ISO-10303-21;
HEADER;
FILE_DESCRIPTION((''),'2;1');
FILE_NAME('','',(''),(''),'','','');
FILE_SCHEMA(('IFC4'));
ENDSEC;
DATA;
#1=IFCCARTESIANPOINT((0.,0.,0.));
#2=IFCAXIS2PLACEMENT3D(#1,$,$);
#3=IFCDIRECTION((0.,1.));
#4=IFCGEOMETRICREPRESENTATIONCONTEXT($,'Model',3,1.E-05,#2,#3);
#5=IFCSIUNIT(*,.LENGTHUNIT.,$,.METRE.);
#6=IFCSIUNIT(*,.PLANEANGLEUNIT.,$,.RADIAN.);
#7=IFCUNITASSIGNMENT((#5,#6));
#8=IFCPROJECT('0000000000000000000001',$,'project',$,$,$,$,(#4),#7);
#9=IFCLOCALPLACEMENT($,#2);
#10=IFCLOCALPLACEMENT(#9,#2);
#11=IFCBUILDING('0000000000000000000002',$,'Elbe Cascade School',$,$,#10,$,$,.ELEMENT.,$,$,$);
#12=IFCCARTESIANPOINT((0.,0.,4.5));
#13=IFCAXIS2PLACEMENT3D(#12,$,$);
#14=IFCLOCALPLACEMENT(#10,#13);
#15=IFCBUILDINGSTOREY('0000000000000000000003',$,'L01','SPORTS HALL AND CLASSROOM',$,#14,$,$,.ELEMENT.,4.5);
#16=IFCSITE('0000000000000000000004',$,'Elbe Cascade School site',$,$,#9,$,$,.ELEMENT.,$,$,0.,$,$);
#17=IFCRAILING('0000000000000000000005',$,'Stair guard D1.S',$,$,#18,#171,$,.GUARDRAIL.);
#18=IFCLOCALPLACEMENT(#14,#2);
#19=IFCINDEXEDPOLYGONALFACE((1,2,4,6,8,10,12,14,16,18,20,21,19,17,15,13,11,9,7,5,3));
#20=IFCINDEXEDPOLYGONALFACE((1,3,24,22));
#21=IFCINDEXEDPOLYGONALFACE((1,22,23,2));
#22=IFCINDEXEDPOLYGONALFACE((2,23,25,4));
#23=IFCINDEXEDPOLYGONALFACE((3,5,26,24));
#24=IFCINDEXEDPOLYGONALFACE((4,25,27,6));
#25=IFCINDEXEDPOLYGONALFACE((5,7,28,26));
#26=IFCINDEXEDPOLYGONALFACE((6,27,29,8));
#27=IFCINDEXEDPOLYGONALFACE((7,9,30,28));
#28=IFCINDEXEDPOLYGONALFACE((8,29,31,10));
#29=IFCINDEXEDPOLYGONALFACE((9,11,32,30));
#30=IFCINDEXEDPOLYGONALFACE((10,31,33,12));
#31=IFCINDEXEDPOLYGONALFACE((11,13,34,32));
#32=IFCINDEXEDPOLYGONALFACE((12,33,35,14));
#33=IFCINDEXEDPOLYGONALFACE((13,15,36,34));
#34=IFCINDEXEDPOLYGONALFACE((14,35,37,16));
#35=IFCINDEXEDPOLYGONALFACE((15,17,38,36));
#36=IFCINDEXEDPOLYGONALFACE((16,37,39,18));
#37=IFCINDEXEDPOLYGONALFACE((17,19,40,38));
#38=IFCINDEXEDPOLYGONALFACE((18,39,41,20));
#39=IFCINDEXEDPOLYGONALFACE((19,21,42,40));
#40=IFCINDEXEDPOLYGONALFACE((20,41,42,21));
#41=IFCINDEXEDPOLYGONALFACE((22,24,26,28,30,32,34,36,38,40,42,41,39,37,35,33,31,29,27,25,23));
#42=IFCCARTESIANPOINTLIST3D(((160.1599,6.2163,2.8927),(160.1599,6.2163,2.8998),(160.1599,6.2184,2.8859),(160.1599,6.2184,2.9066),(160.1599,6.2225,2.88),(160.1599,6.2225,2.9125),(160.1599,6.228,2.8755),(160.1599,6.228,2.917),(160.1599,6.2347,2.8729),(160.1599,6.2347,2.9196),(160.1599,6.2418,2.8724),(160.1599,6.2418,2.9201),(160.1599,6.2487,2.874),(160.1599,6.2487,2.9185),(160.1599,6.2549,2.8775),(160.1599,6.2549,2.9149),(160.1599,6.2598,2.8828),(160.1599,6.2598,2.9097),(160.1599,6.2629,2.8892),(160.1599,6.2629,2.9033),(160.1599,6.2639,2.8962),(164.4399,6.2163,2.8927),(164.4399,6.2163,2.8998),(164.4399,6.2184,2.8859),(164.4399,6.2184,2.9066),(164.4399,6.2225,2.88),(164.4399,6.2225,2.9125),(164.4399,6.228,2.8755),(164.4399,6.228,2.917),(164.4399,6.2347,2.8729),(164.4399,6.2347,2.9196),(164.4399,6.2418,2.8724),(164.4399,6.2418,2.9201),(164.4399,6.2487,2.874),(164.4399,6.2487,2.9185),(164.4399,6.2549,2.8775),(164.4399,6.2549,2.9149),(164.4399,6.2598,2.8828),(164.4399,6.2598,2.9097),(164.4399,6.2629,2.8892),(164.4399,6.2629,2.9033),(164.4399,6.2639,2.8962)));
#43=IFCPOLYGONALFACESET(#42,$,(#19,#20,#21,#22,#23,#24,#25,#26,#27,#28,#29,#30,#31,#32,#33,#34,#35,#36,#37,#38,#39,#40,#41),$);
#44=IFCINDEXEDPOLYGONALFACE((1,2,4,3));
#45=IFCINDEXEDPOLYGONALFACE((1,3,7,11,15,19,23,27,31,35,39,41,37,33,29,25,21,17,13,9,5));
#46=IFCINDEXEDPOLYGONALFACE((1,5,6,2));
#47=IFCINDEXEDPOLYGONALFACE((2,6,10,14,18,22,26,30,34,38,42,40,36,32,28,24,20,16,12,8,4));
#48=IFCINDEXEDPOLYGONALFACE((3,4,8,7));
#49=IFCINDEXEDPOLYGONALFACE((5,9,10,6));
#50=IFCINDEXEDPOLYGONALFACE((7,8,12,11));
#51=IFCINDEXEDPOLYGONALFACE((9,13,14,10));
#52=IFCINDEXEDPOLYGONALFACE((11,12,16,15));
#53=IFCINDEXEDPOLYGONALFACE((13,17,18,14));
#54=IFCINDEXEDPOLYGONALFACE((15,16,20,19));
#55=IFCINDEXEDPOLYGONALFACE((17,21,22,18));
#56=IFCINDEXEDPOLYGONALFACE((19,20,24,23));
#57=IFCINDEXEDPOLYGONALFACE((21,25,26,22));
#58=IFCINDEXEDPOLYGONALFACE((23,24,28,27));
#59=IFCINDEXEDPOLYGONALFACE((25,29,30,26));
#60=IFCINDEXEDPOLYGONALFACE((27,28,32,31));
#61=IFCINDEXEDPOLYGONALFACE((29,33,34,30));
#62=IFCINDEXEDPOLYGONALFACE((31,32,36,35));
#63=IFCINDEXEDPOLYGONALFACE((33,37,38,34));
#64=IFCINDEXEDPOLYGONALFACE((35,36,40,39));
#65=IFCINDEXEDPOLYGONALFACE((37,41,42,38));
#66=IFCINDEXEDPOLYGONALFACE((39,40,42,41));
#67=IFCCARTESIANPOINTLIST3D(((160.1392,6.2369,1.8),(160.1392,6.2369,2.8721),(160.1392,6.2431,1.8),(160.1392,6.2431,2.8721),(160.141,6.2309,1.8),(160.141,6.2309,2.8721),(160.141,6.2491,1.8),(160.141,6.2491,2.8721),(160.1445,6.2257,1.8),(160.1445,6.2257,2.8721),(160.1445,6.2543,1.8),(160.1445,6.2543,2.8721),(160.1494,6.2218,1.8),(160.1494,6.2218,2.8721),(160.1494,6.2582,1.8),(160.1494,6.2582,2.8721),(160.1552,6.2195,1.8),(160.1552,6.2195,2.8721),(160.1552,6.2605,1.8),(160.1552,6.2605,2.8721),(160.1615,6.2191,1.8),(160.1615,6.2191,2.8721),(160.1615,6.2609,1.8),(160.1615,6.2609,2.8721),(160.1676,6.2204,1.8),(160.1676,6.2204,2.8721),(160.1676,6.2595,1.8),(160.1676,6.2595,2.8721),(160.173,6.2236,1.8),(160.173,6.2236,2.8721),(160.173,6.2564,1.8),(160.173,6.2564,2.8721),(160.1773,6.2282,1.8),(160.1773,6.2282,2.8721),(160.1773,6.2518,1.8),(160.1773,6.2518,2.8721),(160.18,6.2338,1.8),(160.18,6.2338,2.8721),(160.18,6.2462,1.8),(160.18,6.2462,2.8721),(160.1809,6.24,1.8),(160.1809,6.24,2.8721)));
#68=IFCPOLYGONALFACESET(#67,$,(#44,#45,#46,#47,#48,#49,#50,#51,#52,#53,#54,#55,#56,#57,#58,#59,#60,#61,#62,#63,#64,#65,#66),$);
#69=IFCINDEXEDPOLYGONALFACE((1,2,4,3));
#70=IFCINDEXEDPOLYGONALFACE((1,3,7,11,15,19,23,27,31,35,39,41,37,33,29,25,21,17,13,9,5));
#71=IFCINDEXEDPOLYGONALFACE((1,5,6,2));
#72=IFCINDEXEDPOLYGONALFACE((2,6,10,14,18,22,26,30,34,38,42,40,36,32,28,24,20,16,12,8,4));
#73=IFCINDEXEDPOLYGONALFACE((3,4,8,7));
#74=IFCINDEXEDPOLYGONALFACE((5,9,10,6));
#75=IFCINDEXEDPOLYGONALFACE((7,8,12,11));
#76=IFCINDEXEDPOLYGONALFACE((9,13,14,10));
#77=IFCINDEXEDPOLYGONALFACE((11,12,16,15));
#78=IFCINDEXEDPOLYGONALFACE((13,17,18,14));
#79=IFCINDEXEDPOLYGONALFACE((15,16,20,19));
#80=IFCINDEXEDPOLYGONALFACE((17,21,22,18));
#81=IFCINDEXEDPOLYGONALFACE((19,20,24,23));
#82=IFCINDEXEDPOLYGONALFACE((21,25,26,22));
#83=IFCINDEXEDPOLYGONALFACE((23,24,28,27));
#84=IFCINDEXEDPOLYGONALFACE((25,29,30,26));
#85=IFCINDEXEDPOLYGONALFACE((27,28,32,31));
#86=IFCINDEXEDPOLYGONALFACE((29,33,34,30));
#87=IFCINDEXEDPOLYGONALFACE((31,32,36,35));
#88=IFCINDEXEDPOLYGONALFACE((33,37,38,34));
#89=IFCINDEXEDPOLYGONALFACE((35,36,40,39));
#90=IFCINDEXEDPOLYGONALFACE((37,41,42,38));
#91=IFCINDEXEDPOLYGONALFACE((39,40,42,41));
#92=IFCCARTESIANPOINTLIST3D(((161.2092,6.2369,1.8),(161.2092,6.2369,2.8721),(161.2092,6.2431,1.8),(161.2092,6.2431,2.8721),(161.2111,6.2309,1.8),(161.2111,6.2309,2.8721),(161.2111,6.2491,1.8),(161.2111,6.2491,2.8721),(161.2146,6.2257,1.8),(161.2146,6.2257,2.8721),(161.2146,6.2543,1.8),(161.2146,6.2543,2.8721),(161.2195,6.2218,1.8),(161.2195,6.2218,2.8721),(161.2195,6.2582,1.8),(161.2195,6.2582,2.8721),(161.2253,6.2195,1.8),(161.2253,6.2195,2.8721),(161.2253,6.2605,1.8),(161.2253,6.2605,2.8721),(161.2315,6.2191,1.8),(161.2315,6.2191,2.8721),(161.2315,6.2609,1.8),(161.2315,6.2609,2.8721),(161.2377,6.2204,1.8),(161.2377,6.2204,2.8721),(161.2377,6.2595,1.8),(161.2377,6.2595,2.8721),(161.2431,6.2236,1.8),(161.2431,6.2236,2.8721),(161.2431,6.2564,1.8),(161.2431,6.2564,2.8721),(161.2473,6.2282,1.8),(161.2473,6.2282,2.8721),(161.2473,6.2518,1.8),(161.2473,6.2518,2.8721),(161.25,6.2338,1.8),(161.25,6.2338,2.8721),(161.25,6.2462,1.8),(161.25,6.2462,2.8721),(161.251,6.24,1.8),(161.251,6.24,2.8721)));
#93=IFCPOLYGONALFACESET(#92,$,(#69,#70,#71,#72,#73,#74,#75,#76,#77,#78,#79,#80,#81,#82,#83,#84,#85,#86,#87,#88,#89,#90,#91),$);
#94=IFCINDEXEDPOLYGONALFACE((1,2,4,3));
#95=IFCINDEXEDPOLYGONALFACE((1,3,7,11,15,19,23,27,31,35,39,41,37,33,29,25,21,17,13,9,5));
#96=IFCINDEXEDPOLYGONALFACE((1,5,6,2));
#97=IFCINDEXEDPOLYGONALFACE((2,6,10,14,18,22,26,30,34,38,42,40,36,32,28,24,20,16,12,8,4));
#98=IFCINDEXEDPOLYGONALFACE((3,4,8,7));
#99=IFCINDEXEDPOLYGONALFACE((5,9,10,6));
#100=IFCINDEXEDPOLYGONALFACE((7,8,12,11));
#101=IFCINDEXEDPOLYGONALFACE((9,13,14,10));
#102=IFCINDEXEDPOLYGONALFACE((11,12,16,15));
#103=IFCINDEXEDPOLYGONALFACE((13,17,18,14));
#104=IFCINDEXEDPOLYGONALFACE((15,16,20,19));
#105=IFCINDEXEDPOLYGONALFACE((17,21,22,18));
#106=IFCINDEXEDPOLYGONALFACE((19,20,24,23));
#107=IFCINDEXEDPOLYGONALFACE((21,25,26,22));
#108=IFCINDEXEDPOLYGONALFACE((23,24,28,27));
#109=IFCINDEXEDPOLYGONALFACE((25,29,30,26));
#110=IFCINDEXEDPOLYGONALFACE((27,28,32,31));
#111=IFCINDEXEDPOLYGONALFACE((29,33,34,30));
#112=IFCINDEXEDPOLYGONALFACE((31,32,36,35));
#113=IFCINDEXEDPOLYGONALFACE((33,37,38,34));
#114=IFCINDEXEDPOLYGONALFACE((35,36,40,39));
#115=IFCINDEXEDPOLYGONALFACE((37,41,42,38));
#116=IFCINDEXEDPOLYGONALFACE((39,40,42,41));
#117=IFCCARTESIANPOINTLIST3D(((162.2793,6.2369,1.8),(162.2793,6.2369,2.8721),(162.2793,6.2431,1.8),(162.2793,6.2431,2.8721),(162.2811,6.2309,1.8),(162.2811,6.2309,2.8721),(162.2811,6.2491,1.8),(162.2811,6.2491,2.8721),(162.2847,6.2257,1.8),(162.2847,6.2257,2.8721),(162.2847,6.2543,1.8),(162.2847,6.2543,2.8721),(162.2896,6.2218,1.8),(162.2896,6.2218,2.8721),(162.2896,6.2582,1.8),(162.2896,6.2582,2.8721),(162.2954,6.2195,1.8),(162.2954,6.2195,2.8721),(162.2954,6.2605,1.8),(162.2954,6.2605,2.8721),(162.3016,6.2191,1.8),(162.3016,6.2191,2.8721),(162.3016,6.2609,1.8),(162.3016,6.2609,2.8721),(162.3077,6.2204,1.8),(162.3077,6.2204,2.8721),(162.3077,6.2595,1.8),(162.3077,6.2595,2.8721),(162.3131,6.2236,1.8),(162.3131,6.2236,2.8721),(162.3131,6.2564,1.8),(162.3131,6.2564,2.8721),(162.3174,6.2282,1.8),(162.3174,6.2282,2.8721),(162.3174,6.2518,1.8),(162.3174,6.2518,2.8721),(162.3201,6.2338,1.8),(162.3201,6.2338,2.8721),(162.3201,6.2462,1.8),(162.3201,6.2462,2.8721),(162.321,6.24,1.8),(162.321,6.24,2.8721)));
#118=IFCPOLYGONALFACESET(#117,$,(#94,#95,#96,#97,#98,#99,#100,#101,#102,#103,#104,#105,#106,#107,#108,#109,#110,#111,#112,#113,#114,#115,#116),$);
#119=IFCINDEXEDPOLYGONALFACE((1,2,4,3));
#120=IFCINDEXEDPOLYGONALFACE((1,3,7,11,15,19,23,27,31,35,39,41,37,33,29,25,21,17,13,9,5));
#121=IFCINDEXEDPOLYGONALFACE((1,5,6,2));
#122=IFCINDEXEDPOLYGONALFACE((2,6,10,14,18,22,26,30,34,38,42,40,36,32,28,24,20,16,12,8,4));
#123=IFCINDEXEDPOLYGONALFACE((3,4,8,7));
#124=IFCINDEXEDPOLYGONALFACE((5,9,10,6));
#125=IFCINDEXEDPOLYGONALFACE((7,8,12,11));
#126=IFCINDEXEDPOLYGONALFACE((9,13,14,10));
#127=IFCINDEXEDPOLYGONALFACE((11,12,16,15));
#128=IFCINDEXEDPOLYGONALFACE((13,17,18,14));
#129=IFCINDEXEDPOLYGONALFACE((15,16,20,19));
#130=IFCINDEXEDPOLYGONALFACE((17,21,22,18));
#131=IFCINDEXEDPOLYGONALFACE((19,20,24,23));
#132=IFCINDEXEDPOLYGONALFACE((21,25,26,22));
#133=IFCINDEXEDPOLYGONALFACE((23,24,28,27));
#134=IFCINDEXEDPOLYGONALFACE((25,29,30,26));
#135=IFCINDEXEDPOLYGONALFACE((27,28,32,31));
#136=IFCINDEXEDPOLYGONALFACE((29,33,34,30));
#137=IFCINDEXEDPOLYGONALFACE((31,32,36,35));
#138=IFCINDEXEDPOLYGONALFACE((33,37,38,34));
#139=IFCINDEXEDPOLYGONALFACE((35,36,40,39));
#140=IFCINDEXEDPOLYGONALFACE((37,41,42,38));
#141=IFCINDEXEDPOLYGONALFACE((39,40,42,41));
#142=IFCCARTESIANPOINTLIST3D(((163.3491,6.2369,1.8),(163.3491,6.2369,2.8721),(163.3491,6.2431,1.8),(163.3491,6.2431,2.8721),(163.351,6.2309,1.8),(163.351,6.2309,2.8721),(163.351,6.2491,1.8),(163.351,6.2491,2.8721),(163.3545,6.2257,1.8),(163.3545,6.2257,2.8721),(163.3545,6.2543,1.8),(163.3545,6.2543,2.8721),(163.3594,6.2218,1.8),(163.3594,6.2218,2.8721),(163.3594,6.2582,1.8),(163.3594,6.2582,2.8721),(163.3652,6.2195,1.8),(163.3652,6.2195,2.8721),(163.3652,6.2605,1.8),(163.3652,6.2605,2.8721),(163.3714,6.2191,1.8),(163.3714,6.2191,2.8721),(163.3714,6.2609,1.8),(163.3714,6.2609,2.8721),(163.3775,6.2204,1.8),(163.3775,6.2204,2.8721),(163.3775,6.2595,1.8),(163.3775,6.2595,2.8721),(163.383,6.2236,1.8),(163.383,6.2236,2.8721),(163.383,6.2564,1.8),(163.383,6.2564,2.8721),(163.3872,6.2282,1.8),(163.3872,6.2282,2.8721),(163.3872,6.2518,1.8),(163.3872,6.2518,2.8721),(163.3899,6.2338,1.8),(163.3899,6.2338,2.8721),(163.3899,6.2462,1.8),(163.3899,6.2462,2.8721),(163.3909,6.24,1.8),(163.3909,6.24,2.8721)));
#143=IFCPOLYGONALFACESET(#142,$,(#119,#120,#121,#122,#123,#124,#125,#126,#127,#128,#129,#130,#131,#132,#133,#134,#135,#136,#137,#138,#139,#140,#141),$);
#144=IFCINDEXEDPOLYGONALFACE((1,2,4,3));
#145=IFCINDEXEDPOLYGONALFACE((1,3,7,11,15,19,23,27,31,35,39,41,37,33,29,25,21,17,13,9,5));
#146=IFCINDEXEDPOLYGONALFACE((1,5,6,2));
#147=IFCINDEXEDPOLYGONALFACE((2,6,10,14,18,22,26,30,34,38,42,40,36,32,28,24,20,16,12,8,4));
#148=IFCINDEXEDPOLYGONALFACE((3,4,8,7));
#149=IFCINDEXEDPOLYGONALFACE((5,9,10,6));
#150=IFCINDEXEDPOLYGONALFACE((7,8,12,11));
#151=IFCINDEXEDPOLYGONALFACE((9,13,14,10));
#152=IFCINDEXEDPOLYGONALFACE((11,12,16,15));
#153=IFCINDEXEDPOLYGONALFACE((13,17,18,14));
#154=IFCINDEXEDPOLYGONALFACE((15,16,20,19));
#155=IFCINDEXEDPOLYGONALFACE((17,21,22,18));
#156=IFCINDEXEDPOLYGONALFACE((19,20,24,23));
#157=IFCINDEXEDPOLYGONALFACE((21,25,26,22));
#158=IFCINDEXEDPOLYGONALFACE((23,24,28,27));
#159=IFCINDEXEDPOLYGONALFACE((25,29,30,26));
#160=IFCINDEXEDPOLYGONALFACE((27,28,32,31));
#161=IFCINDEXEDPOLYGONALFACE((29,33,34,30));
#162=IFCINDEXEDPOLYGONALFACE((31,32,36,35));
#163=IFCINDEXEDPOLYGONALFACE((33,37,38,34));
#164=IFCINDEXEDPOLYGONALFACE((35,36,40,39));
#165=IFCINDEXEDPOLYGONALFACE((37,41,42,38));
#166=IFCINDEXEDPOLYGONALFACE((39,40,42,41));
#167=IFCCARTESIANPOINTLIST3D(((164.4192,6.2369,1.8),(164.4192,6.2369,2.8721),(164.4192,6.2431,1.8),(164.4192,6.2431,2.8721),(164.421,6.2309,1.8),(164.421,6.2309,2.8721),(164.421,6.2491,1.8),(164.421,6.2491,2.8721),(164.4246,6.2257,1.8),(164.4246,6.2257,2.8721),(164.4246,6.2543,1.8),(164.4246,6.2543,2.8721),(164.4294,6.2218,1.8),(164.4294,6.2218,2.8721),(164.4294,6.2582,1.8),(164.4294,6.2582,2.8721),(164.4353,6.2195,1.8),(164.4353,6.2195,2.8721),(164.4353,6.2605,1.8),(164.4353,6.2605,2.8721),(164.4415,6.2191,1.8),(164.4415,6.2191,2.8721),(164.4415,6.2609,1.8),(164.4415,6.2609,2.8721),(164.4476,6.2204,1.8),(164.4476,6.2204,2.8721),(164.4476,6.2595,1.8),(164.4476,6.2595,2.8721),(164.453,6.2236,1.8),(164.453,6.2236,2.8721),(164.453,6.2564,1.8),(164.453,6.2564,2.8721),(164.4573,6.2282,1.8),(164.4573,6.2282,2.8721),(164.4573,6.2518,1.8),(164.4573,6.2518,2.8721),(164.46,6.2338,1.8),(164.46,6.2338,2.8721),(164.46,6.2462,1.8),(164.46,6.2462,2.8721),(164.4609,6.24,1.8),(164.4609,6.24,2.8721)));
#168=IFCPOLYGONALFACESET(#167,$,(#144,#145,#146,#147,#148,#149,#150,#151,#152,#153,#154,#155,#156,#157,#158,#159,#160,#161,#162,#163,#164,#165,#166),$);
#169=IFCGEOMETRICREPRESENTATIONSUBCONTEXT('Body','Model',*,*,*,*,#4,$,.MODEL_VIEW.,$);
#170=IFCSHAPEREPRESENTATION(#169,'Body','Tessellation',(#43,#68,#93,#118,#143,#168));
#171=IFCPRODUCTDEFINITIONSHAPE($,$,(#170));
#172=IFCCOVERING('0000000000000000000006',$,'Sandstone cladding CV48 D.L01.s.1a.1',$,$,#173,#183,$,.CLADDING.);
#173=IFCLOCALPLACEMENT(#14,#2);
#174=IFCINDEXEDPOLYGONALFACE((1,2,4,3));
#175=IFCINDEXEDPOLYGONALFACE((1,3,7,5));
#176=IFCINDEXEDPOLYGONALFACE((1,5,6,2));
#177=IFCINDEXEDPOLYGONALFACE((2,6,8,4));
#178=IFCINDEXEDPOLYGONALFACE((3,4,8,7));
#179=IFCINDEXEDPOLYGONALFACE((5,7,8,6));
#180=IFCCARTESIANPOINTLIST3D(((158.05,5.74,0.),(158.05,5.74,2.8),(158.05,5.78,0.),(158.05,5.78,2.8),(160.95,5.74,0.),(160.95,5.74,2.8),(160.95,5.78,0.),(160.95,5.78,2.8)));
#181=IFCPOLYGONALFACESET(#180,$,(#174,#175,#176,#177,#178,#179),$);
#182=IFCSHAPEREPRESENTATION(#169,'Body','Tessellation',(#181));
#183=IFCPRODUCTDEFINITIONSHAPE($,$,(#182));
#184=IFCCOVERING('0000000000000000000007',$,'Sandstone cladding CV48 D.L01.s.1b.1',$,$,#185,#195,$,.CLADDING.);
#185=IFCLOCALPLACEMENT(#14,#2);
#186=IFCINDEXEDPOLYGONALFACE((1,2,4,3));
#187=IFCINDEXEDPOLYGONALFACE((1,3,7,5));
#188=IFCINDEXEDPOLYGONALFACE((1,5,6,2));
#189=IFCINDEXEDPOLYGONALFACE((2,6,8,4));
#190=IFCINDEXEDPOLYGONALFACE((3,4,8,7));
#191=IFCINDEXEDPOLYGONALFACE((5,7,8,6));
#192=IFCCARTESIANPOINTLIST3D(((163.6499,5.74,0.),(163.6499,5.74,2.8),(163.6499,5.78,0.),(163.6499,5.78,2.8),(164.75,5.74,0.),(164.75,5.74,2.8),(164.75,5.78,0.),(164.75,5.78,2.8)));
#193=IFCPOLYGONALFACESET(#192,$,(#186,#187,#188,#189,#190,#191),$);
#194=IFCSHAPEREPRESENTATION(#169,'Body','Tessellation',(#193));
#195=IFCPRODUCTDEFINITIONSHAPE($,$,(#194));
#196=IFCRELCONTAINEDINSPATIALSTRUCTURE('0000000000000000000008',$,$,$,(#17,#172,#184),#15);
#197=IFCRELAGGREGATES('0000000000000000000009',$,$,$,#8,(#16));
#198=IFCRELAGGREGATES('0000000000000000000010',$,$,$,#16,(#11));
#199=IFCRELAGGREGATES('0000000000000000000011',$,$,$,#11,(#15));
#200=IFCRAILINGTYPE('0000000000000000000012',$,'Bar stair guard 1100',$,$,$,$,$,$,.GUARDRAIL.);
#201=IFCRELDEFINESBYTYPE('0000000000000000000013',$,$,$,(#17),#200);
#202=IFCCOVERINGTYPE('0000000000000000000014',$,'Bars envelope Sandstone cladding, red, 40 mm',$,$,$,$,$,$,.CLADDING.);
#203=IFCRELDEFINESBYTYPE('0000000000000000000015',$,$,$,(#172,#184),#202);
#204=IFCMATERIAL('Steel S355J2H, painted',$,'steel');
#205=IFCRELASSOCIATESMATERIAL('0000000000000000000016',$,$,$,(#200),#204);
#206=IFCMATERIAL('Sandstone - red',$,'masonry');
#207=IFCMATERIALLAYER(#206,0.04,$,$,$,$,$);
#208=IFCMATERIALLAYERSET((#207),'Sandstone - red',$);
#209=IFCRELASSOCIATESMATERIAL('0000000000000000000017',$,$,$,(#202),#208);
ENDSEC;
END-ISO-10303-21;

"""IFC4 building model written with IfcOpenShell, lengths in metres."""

from ifc_helpers import new_model, si_unit, direction, frame, origin, origin_2d, place, context, subcontext, project, spatial, rectangle, circle, extrude, material, layer, layer_set, type_object, element, save


model = new_model("IFC4")

# Units and contexts
model_context = context("Model", 3, precision=1e-05, world=origin(), true_north=direction((0.0, 1.0)))
body_context = subcontext(model_context, "Body", "Model", "MODEL_VIEW")
ifc_project = project(units=[si_unit("LENGTHUNIT", "METRE"), si_unit("PLANEANGLEUNIT", "RADIAN")], contexts=[model_context])

# Site, building, storey
site_placement = place(None, origin())
site = spatial("IfcSite", under=ifc_project, at=site_placement, Name="Elbe Cascade School site", CompositionType="ELEMENT", RefElevation=0.0)
building_placement = place(site_placement, origin())
building = spatial("IfcBuilding", under=site, at=building_placement, Name="Elbe Cascade School", CompositionType="ELEMENT")
storey_placement = place(building_placement, frame((0.0, 0.0, 4.5)))
storey = spatial("IfcBuildingStorey", under=building, at=storey_placement, Name="L01", Description="SPORTS HALL AND CLASSROOM", CompositionType="ELEMENT", Elevation=4.5)

# Railing
ifc_material_1 = material(Name="Steel S355J2H, painted", Category="steel")
railing_type = type_object("IfcRailingType", Name="Bar stair guard 1100", PredefinedType="GUARDRAIL", material=ifc_material_1)
railing_placement = place(storey_placement, frame((160.1599, 6.24, 1.8)))
element("IfcRailing", 1, at=railing_placement, inside=storey, type_object=railing_type, Name="Stair guard D1.S", PredefinedType="GUARDRAIL", context=body_context, shape_type="SweptSolid", body=[
    extrude(circle(Radius=0.0239, at=origin_2d()), frame((0.0, 0.0, 1.0962), z_axis=(1.0, 0.0, 0.0), x_axis=(0.0, 1.0, 0.0)), (0.0, 0.0, 1.0), 4.28),
    extrude(circle(Radius=0.021, at=origin_2d()), origin(), (0.0, 0.0, 1.0), 1.072),
    extrude(circle(Radius=0.021, at=origin_2d()), frame((1.0701, 0.0, 0.0)), (0.0, 0.0, 1.0), 1.072),
    extrude(circle(Radius=0.021, at=origin_2d()), frame((2.1401, 0.0, 0.0)), (0.0, 0.0, 1.0), 1.072),
    extrude(circle(Radius=0.021, at=origin_2d()), frame((3.21, 0.0, 0.0)), (0.0, 0.0, 1.0), 1.072),
    extrude(circle(Radius=0.021, at=origin_2d()), frame((4.28, 0.0, 0.0)), (0.0, 0.0, 1.0), 1.072),
])

# Coverings
ifc_material_2 = material(Name="Sandstone - red", Category="masonry")
ifc_layer_1 = layer(ifc_material_2, 0.04)
ifc_layer_set_1 = layer_set([ifc_layer_1], Name="Sandstone - red")
covering_type = type_object("IfcCoveringType", Name="Bars envelope Sandstone cladding, red, 40 mm", PredefinedType="CLADDING", material=ifc_layer_set_1)
covering_1_placement = place(storey_placement, frame((159.5, 5.76, 0.0), z_axis=(0.0, 0.0, 1.0), x_axis=(1.0, 0.0, 0.0)))
element("IfcCovering", 2, at=covering_1_placement, inside=storey, type_object=covering_type, Name="Sandstone cladding CV48 D.L01.s.1a.1", PredefinedType="CLADDING", context=body_context, shape_type="SweptSolid", body=[
    extrude(rectangle(XDim=2.8999, YDim=0.04, at=origin_2d()), origin(), (0.0, 0.0, 1.0), 2.8),
])
covering_2_placement = place(storey_placement, frame((164.2, 5.76, 0.0), z_axis=(0.0, 0.0, 1.0), x_axis=(1.0, 0.0, 0.0)))
element("IfcCovering", 3, at=covering_2_placement, inside=storey, type_object=covering_type, Name="Sandstone cladding CV48 D.L01.s.1b.1", PredefinedType="CLADDING", context=body_context, shape_type="SweptSolid", body=[
    extrude(rectangle(XDim=1.1001, YDim=0.04, at=origin_2d()), origin(), (0.0, 0.0, 1.0), 2.8),
])

save(model, "model.ifc")
